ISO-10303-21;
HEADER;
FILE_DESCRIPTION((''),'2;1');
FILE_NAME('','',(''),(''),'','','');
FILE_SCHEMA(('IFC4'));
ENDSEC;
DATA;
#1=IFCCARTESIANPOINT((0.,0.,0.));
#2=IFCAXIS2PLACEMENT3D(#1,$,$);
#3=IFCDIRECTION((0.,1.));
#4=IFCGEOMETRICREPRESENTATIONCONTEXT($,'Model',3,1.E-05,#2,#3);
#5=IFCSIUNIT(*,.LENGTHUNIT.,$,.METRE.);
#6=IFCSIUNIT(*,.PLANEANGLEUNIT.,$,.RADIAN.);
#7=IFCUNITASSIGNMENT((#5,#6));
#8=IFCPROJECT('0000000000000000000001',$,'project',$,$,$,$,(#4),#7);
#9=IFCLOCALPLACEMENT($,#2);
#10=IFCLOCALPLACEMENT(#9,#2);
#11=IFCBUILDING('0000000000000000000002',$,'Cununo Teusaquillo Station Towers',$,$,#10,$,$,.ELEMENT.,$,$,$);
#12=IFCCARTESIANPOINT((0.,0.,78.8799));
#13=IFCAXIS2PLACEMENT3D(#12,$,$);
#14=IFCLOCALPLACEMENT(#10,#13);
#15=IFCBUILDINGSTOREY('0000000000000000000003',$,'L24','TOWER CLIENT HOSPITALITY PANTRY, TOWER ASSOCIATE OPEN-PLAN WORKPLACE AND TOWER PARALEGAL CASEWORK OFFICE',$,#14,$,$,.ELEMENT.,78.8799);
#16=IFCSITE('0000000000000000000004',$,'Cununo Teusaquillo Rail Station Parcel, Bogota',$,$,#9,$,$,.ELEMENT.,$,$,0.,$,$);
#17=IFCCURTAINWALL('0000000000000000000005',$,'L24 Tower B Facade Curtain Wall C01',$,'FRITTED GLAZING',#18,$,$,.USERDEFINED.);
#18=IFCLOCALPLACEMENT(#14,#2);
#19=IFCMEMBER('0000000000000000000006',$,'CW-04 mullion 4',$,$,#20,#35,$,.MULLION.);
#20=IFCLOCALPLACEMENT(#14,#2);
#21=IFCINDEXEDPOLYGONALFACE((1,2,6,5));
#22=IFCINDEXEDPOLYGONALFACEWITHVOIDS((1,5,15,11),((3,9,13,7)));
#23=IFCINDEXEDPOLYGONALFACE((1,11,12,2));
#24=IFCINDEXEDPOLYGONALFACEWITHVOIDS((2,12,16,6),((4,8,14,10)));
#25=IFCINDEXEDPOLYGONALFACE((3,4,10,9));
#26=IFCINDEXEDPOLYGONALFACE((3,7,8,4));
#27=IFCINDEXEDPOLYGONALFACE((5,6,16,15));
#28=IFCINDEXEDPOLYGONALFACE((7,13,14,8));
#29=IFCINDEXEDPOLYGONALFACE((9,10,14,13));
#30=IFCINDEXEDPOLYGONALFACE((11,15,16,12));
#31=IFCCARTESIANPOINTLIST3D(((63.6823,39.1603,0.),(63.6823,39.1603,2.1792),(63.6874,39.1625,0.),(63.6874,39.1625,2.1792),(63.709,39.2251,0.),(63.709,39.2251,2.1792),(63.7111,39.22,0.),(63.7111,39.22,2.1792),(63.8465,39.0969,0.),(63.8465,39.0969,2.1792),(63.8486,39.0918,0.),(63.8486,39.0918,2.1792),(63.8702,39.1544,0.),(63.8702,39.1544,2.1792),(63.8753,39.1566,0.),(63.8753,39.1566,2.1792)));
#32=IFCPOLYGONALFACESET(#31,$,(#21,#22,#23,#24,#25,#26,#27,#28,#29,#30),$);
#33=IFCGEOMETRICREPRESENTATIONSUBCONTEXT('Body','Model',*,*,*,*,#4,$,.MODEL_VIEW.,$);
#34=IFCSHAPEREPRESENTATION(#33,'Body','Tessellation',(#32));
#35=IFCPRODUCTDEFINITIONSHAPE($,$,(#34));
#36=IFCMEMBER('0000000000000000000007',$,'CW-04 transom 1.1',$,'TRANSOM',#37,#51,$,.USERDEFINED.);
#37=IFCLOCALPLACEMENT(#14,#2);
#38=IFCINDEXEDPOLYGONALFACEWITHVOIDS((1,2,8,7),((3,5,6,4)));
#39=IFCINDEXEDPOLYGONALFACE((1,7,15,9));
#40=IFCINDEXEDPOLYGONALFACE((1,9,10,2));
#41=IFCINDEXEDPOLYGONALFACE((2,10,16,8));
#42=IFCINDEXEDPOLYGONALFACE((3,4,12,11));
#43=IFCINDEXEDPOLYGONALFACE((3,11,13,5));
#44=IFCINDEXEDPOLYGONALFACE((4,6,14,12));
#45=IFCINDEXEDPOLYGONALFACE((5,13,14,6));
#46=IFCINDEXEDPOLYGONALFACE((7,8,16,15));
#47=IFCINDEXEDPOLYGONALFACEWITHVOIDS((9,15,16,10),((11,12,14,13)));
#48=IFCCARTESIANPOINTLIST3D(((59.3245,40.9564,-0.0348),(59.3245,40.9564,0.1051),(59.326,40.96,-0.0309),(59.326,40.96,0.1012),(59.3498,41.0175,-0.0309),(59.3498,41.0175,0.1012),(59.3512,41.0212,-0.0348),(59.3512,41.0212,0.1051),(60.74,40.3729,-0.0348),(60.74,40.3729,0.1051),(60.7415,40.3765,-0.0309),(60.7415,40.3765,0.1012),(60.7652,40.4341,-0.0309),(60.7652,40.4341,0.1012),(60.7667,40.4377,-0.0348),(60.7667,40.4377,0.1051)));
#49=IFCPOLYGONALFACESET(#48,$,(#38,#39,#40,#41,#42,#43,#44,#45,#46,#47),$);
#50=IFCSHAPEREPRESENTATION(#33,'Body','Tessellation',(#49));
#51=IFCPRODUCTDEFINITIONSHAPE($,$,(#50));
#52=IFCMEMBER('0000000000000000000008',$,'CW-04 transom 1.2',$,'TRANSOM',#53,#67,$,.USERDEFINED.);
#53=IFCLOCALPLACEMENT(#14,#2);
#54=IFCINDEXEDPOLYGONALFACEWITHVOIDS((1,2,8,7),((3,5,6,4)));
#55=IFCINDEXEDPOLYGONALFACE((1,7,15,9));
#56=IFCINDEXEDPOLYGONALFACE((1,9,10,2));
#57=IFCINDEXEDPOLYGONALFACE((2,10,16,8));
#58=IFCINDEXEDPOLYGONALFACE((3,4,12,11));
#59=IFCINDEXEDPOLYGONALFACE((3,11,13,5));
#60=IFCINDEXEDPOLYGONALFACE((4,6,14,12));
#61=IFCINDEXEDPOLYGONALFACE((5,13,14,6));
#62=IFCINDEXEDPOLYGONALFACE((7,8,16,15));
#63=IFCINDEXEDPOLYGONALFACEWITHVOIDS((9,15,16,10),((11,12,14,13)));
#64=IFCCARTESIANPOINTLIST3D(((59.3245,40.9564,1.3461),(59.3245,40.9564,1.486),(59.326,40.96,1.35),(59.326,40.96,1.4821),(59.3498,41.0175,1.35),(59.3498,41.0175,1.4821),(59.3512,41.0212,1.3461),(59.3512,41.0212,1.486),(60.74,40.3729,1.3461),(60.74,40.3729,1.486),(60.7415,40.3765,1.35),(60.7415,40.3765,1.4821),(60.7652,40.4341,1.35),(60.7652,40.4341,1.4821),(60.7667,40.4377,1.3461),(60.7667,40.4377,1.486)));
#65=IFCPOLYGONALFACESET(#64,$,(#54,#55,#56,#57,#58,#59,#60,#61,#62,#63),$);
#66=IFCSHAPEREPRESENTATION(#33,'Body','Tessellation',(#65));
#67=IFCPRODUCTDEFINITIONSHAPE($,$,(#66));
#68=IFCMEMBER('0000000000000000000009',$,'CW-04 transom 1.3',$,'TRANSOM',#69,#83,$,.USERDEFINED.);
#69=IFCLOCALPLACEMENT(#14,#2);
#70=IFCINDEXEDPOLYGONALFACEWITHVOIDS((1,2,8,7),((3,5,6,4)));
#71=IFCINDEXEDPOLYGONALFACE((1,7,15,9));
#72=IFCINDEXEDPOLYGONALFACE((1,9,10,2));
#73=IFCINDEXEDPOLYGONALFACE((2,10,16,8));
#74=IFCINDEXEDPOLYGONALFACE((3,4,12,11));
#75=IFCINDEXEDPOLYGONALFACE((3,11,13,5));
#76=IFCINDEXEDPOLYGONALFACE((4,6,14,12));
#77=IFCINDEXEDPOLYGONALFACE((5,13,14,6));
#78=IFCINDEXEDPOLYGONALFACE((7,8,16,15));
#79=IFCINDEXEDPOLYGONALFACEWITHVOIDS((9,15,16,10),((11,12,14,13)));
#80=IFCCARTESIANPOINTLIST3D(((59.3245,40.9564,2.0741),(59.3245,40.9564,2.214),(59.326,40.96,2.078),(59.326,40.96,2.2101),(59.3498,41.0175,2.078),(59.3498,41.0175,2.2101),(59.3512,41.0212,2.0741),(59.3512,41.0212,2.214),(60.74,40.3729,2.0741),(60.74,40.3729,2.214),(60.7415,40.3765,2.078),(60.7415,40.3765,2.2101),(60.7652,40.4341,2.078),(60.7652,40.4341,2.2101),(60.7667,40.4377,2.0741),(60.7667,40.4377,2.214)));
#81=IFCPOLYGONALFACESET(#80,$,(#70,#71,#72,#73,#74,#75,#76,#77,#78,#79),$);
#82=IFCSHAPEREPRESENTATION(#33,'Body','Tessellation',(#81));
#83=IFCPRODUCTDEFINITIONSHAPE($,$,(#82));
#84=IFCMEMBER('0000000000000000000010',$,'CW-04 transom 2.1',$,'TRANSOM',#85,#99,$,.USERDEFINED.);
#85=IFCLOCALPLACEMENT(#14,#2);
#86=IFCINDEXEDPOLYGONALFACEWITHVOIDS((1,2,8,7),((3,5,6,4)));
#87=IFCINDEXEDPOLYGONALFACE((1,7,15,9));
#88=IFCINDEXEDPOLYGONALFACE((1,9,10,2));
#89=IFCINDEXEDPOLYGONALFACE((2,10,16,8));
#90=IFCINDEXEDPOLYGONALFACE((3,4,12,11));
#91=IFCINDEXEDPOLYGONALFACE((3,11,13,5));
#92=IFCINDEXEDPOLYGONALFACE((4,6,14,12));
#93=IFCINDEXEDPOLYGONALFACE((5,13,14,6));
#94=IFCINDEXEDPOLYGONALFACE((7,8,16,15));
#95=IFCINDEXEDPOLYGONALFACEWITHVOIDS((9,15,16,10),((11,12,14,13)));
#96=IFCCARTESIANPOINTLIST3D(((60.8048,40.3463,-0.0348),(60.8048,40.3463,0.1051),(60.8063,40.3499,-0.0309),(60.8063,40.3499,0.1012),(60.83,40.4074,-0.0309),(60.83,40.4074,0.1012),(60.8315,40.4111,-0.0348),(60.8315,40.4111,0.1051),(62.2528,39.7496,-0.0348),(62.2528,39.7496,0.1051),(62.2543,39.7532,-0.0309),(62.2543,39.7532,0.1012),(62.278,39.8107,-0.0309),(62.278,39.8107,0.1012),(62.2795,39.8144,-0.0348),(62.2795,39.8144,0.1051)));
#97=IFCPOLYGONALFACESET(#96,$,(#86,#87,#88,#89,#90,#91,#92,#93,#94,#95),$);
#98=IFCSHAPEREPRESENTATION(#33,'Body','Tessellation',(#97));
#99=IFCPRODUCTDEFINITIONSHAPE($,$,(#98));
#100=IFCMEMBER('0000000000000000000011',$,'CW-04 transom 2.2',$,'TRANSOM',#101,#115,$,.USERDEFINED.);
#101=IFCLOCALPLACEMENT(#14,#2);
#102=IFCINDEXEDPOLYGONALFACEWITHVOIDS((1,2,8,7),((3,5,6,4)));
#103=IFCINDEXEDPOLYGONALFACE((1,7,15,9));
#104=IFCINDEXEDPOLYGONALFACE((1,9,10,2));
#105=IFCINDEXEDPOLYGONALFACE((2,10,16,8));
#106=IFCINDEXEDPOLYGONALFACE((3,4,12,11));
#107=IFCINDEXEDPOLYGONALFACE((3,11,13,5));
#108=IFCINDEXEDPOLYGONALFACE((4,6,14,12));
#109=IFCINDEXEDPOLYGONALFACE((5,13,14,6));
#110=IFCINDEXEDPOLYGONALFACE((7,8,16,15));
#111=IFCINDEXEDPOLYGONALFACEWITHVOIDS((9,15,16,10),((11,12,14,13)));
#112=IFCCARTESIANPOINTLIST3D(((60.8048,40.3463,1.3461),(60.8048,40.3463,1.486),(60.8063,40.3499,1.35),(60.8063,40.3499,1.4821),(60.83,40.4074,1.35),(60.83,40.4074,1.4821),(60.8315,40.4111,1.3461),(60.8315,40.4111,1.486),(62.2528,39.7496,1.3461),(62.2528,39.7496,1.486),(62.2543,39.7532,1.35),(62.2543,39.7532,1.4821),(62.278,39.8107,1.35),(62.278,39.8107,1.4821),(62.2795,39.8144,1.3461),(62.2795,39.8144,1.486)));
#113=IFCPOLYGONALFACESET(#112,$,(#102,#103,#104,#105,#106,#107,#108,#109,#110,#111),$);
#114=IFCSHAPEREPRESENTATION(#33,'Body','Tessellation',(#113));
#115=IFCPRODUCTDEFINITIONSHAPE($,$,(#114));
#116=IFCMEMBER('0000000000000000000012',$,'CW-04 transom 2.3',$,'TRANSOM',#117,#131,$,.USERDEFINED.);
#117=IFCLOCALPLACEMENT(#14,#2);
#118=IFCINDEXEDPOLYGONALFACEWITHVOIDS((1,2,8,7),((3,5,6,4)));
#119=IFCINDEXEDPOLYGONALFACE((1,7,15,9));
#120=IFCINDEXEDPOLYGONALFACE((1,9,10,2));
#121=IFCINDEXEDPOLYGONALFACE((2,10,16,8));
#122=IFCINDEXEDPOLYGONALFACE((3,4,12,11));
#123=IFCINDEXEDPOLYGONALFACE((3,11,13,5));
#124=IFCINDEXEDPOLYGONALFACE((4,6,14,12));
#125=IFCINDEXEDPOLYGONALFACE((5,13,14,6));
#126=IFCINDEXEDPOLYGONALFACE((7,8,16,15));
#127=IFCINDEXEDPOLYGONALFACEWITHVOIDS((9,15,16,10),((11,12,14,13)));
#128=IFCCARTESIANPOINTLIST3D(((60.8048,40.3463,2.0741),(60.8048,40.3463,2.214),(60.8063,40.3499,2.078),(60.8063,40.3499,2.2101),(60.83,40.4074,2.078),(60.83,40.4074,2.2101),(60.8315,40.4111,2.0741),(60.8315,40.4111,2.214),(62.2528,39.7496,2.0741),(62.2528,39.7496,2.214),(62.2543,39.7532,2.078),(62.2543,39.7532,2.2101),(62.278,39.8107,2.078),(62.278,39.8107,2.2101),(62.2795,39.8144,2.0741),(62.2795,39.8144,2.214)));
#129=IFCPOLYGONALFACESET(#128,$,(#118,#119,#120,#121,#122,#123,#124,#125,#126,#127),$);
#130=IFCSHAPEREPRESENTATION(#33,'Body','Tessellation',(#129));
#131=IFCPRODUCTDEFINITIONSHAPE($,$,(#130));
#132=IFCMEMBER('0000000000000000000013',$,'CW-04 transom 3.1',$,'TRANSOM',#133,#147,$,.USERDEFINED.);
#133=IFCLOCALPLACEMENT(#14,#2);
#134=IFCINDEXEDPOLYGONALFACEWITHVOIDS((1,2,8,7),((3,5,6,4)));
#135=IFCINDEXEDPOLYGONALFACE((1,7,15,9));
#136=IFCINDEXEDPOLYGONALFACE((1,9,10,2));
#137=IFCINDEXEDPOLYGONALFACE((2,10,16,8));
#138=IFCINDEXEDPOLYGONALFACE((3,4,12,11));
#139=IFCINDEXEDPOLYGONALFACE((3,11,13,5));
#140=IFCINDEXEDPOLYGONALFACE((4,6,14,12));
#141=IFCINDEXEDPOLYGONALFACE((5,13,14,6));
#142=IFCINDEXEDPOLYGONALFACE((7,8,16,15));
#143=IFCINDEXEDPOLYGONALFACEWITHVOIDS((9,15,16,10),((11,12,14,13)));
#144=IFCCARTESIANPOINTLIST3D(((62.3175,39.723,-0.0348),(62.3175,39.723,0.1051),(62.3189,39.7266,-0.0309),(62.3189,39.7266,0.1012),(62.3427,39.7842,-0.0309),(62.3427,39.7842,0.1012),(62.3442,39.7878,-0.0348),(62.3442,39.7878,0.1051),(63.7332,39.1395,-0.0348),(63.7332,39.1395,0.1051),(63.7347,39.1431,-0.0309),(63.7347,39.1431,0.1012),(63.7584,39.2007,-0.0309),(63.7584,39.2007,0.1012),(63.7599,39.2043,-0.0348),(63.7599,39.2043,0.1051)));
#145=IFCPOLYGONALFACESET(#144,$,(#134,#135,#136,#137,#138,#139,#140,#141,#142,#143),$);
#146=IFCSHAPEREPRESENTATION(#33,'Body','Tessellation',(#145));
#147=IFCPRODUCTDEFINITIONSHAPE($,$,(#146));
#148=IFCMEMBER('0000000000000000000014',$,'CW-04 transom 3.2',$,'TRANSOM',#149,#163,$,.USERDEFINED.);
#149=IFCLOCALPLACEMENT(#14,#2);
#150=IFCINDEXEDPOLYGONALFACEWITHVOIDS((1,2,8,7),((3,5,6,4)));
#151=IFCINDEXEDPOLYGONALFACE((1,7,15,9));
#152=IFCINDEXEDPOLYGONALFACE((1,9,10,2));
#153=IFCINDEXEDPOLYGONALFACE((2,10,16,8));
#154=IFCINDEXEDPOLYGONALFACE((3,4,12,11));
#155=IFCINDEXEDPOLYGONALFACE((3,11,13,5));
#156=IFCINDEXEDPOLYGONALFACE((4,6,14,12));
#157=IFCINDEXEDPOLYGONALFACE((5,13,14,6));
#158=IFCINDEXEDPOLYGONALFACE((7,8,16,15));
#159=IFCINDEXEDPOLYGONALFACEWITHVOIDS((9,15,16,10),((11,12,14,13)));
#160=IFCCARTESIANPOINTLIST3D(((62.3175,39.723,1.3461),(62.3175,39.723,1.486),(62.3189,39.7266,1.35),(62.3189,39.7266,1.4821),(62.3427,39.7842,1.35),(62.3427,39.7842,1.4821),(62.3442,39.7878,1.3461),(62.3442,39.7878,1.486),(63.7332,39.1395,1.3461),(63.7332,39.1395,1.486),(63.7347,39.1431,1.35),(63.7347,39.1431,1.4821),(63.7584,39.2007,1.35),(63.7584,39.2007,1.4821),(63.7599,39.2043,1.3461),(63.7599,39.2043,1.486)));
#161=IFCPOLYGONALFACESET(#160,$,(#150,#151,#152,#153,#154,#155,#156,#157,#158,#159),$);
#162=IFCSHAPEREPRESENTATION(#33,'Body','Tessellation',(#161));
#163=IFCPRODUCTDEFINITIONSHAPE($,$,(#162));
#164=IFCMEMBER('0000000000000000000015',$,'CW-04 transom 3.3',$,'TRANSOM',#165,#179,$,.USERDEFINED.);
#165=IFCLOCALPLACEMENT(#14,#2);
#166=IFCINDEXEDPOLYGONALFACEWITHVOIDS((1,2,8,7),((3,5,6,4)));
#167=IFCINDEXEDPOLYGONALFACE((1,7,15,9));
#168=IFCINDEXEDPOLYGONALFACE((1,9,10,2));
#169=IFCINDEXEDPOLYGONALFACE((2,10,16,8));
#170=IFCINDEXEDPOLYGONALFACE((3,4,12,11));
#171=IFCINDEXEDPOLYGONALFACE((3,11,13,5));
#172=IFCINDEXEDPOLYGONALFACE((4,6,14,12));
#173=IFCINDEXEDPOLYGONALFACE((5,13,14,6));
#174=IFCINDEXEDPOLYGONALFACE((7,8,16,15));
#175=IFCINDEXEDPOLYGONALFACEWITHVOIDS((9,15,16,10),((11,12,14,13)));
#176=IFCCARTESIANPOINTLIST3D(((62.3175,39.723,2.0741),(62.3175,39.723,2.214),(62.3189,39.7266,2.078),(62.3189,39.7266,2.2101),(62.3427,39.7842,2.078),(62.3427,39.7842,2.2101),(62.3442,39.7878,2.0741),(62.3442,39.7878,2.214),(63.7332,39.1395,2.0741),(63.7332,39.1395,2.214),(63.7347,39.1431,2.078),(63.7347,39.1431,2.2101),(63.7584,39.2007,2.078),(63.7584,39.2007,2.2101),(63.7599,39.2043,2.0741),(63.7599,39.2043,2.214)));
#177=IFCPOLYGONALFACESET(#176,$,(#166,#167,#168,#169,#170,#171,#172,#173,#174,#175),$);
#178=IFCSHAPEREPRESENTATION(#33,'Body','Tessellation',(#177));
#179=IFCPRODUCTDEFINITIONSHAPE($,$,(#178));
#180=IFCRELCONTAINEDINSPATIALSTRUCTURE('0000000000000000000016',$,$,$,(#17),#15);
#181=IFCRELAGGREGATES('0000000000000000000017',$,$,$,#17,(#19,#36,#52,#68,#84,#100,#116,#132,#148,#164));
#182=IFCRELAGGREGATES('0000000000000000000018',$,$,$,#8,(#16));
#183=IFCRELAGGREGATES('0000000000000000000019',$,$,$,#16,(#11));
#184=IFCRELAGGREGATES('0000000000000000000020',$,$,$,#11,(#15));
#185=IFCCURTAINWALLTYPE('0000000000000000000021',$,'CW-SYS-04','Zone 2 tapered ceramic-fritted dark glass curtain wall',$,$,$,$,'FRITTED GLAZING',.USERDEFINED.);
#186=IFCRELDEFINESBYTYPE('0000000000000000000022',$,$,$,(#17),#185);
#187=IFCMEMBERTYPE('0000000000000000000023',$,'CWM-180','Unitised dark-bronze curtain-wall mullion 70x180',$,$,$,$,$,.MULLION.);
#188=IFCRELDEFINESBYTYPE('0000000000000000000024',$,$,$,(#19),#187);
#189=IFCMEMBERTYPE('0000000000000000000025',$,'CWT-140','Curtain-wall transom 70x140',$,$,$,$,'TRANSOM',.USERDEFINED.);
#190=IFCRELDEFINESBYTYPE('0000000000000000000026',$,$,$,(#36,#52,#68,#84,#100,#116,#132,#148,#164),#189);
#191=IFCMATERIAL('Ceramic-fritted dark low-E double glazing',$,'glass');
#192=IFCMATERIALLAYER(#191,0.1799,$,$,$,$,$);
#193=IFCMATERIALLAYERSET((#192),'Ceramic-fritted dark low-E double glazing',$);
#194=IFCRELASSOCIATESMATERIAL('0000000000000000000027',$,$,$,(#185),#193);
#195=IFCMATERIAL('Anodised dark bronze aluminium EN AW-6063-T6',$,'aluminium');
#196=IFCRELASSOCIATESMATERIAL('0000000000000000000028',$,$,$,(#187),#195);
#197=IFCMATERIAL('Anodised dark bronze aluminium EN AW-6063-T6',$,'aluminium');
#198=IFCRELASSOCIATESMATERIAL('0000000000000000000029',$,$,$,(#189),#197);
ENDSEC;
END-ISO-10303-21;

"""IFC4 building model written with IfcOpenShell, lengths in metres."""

from ifc_helpers import new_model, si_unit, direction, frame, origin, origin_2d, place, context, subcontext, project, spatial, hollow_rectangle, extrude, material, layer, layer_set, material_profile, profile_set, type_object, element, aggregate, save


model = new_model("IFC4")

# Units and contexts
model_context = context("Model", 3, precision=1e-05, world=origin(), true_north=direction((0.0, 1.0)))
body_context = subcontext(model_context, "Body", "Model", "MODEL_VIEW")
ifc_project = project(units=[si_unit("LENGTHUNIT", "METRE"), si_unit("PLANEANGLEUNIT", "RADIAN")], contexts=[model_context])

# Site, building, storey
site_placement = place(None, origin())
site = spatial("IfcSite", under=ifc_project, at=site_placement, Name="Cununo Teusaquillo Rail Station Parcel, Bogota", CompositionType="ELEMENT", RefElevation=0.0)
building_placement = place(site_placement, origin())
building = spatial("IfcBuilding", under=site, at=building_placement, Name="Cununo Teusaquillo Station Towers", CompositionType="ELEMENT")
storey_placement = place(building_placement, frame((0.0, 0.0, 78.8799)))
storey = spatial("IfcBuildingStorey", under=building, at=storey_placement, Name="L24", Description="TOWER CLIENT HOSPITALITY PANTRY, TOWER ASSOCIATE OPEN-PLAN WORKPLACE AND TOWER PARALEGAL CASEWORK OFFICE", CompositionType="ELEMENT", Elevation=78.8799)

# Curtain wall, members
ifc_material_1 = material(Name="Ceramic-fritted dark low-E double glazing", Category="glass")
ifc_layer_1 = layer(ifc_material_1, 0.1799)
ifc_layer_set_1 = layer_set([ifc_layer_1], Name="Ceramic-fritted dark low-E double glazing")
curtain_wall_type = type_object("IfcCurtainWallType", Name="CW-SYS-04", Description="Zone 2 tapered ceramic-fritted dark glass curtain wall", ElementType="FRITTED GLAZING", PredefinedType="USERDEFINED", material=ifc_layer_set_1)
curtain_wall_placement = place(storey_placement, origin())
curtain_wall = element("IfcCurtainWall", 1, at=curtain_wall_placement, inside=storey, type_object=curtain_wall_type, Name="L24 Tower B Facade Curtain Wall C01", ObjectType="FRITTED GLAZING", PredefinedType="USERDEFINED")
ifc_material_2 = material(Name="Anodised dark bronze aluminium EN AW-6063-T6", Category="aluminium")
ifc_material_profile_1 = material_profile(ifc_material_2, hollow_rectangle(XDim=0.0701, YDim=0.1799, WallThickness=0.0039, at=origin_2d()), Name="CW-MULL-70x180")
ifc_profile_set_1 = profile_set([ifc_material_profile_1], Name="Anodised dark bronze aluminium EN AW-6063-T6")
member_type_1 = type_object("IfcMemberType", Name="CWM-180", Description="Unitised dark-bronze curtain-wall mullion 70x180", PredefinedType="MULLION", material=ifc_profile_set_1)
member_1_placement = place(storey_placement, frame((63.7788, 39.1584, 0.0), z_axis=(0.0, 0.0, 1.0), x_axis=(0.381031, 0.924562, 0.0)))
member_1 = element("IfcMember", 2, at=member_1_placement, type_object=member_type_1, Name="CW-04 mullion 4", PredefinedType="MULLION", context=body_context, shape_type="SweptSolid", body=[
    extrude(hollow_rectangle(XDim=0.0701, YDim=0.1799, WallThickness=0.0039, at=origin_2d()), origin(), (0.0, 0.0, 1.0), 2.1792),
])
ifc_material_3 = material(Name="Anodised dark bronze aluminium EN AW-6063-T6", Category="aluminium")
ifc_material_profile_2 = material_profile(ifc_material_3, hollow_rectangle(XDim=0.0701, YDim=0.1399, WallThickness=0.0039, at=origin_2d()), Name="CW-TRAN-70x140")
ifc_profile_set_2 = profile_set([ifc_material_profile_2], Name="Anodised dark bronze aluminium EN AW-6063-T6")
member_type_2 = type_object("IfcMemberType", Name="CWT-140", Description="Curtain-wall transom 70x140", ElementType="TRANSOM", PredefinedType="USERDEFINED", material=ifc_profile_set_2)
member_2_placement = place(storey_placement, frame((59.3379, 40.9888, 0.0352), z_axis=(0.924533, -0.381103, 0.0), x_axis=(0.381103, 0.924533, 0.0)))
member_2 = element("IfcMember", 3, at=member_2_placement, type_object=member_type_2, Name="CW-04 transom 1.1", ObjectType="TRANSOM", PredefinedType="USERDEFINED", context=body_context, shape_type="SweptSolid", body=[
    extrude(hollow_rectangle(XDim=0.0701, YDim=0.1399, WallThickness=0.0039, at=origin_2d()), origin(), (0.0, 0.0, 1.0), 1.531),
])
member_3_placement = place(storey_placement, frame((59.3379, 40.9888, 1.416), z_axis=(0.924533, -0.381103, 0.0), x_axis=(0.381103, 0.924533, 0.0)))
member_3 = element("IfcMember", 4, at=member_3_placement, type_object=member_type_2, Name="CW-04 transom 1.2", ObjectType="TRANSOM", PredefinedType="USERDEFINED", context=body_context, shape_type="SweptSolid", body=[
    extrude(hollow_rectangle(XDim=0.0701, YDim=0.1399, WallThickness=0.0039, at=origin_2d()), origin(), (0.0, 0.0, 1.0), 1.531),
])
member_4_placement = place(storey_placement, frame((59.3379, 40.9888, 2.144), z_axis=(0.924533, -0.381103, 0.0), x_axis=(0.381103, 0.924533, 0.0)))
member_4 = element("IfcMember", 5, at=member_4_placement, type_object=member_type_2, Name="CW-04 transom 1.3", ObjectType="TRANSOM", PredefinedType="USERDEFINED", context=body_context, shape_type="SweptSolid", body=[
    extrude(hollow_rectangle(XDim=0.0701, YDim=0.1399, WallThickness=0.0039, at=origin_2d()), origin(), (0.0, 0.0, 1.0), 1.531),
])
member_5_placement = place(storey_placement, frame((60.8181, 40.3787, 0.0352), z_axis=(0.924578, -0.380993, 0.0), x_axis=(0.380993, 0.924578, 0.0)))
member_5 = element("IfcMember", 6, at=member_5_placement, type_object=member_type_2, Name="CW-04 transom 2.1", ObjectType="TRANSOM", PredefinedType="USERDEFINED", context=body_context, shape_type="SweptSolid", body=[
    extrude(hollow_rectangle(XDim=0.0701, YDim=0.1399, WallThickness=0.0039, at=origin_2d()), origin(), (0.0, 0.0, 1.0), 1.5662),
])
member_6_placement = place(storey_placement, frame((60.8181, 40.3787, 1.416), z_axis=(0.924578, -0.380993, 0.0), x_axis=(0.380993, 0.924578, 0.0)))
member_6 = element("IfcMember", 7, at=member_6_placement, type_object=member_type_2, Name="CW-04 transom 2.2", ObjectType="TRANSOM", PredefinedType="USERDEFINED", context=body_context, shape_type="SweptSolid", body=[
    extrude(hollow_rectangle(XDim=0.0701, YDim=0.1399, WallThickness=0.0039, at=origin_2d()), origin(), (0.0, 0.0, 1.0), 1.5662),
])
member_7_placement = place(storey_placement, frame((60.8181, 40.3787, 2.144), z_axis=(0.924578, -0.380993, 0.0), x_axis=(0.380993, 0.924578, 0.0)))
member_7 = element("IfcMember", 8, at=member_7_placement, type_object=member_type_2, Name="CW-04 transom 2.3", ObjectType="TRANSOM", PredefinedType="USERDEFINED", context=body_context, shape_type="SweptSolid", body=[
    extrude(hollow_rectangle(XDim=0.0701, YDim=0.1399, WallThickness=0.0039, at=origin_2d()), origin(), (0.0, 0.0, 1.0), 1.5662),
])
member_8_placement = place(storey_placement, frame((62.3308, 39.7554, 0.0352), z_axis=(0.924556, -0.381046, 0.0), x_axis=(0.381046, 0.924556, 0.0)))
member_8 = element("IfcMember", 9, at=member_8_placement, type_object=member_type_2, Name="CW-04 transom 3.1", ObjectType="TRANSOM", PredefinedType="USERDEFINED", context=body_context, shape_type="SweptSolid", body=[
    extrude(hollow_rectangle(XDim=0.0701, YDim=0.1399, WallThickness=0.0039, at=origin_2d()), origin(), (0.0, 0.0, 1.0), 1.5312),
])
member_9_placement = place(storey_placement, frame((62.3308, 39.7554, 1.416), z_axis=(0.924556, -0.381046, 0.0), x_axis=(0.381046, 0.924556, 0.0)))
member_9 = element("IfcMember", 10, at=member_9_placement, type_object=member_type_2, Name="CW-04 transom 3.2", ObjectType="TRANSOM", PredefinedType="USERDEFINED", context=body_context, shape_type="SweptSolid", body=[
    extrude(hollow_rectangle(XDim=0.0701, YDim=0.1399, WallThickness=0.0039, at=origin_2d()), origin(), (0.0, 0.0, 1.0), 1.5312),
])
member_10_placement = place(storey_placement, frame((62.3308, 39.7554, 2.144), z_axis=(0.924556, -0.381046, 0.0), x_axis=(0.381046, 0.924556, 0.0)))
member_10 = element("IfcMember", 11, at=member_10_placement, type_object=member_type_2, Name="CW-04 transom 3.3", ObjectType="TRANSOM", PredefinedType="USERDEFINED", context=body_context, shape_type="SweptSolid", body=[
    extrude(hollow_rectangle(XDim=0.0701, YDim=0.1399, WallThickness=0.0039, at=origin_2d()), origin(), (0.0, 0.0, 1.0), 1.5312),
])

aggregate(curtain_wall, [member_1, member_2, member_3, member_4, member_5, member_6, member_7, member_8, member_9, member_10])

save(model, "model.ifc")
